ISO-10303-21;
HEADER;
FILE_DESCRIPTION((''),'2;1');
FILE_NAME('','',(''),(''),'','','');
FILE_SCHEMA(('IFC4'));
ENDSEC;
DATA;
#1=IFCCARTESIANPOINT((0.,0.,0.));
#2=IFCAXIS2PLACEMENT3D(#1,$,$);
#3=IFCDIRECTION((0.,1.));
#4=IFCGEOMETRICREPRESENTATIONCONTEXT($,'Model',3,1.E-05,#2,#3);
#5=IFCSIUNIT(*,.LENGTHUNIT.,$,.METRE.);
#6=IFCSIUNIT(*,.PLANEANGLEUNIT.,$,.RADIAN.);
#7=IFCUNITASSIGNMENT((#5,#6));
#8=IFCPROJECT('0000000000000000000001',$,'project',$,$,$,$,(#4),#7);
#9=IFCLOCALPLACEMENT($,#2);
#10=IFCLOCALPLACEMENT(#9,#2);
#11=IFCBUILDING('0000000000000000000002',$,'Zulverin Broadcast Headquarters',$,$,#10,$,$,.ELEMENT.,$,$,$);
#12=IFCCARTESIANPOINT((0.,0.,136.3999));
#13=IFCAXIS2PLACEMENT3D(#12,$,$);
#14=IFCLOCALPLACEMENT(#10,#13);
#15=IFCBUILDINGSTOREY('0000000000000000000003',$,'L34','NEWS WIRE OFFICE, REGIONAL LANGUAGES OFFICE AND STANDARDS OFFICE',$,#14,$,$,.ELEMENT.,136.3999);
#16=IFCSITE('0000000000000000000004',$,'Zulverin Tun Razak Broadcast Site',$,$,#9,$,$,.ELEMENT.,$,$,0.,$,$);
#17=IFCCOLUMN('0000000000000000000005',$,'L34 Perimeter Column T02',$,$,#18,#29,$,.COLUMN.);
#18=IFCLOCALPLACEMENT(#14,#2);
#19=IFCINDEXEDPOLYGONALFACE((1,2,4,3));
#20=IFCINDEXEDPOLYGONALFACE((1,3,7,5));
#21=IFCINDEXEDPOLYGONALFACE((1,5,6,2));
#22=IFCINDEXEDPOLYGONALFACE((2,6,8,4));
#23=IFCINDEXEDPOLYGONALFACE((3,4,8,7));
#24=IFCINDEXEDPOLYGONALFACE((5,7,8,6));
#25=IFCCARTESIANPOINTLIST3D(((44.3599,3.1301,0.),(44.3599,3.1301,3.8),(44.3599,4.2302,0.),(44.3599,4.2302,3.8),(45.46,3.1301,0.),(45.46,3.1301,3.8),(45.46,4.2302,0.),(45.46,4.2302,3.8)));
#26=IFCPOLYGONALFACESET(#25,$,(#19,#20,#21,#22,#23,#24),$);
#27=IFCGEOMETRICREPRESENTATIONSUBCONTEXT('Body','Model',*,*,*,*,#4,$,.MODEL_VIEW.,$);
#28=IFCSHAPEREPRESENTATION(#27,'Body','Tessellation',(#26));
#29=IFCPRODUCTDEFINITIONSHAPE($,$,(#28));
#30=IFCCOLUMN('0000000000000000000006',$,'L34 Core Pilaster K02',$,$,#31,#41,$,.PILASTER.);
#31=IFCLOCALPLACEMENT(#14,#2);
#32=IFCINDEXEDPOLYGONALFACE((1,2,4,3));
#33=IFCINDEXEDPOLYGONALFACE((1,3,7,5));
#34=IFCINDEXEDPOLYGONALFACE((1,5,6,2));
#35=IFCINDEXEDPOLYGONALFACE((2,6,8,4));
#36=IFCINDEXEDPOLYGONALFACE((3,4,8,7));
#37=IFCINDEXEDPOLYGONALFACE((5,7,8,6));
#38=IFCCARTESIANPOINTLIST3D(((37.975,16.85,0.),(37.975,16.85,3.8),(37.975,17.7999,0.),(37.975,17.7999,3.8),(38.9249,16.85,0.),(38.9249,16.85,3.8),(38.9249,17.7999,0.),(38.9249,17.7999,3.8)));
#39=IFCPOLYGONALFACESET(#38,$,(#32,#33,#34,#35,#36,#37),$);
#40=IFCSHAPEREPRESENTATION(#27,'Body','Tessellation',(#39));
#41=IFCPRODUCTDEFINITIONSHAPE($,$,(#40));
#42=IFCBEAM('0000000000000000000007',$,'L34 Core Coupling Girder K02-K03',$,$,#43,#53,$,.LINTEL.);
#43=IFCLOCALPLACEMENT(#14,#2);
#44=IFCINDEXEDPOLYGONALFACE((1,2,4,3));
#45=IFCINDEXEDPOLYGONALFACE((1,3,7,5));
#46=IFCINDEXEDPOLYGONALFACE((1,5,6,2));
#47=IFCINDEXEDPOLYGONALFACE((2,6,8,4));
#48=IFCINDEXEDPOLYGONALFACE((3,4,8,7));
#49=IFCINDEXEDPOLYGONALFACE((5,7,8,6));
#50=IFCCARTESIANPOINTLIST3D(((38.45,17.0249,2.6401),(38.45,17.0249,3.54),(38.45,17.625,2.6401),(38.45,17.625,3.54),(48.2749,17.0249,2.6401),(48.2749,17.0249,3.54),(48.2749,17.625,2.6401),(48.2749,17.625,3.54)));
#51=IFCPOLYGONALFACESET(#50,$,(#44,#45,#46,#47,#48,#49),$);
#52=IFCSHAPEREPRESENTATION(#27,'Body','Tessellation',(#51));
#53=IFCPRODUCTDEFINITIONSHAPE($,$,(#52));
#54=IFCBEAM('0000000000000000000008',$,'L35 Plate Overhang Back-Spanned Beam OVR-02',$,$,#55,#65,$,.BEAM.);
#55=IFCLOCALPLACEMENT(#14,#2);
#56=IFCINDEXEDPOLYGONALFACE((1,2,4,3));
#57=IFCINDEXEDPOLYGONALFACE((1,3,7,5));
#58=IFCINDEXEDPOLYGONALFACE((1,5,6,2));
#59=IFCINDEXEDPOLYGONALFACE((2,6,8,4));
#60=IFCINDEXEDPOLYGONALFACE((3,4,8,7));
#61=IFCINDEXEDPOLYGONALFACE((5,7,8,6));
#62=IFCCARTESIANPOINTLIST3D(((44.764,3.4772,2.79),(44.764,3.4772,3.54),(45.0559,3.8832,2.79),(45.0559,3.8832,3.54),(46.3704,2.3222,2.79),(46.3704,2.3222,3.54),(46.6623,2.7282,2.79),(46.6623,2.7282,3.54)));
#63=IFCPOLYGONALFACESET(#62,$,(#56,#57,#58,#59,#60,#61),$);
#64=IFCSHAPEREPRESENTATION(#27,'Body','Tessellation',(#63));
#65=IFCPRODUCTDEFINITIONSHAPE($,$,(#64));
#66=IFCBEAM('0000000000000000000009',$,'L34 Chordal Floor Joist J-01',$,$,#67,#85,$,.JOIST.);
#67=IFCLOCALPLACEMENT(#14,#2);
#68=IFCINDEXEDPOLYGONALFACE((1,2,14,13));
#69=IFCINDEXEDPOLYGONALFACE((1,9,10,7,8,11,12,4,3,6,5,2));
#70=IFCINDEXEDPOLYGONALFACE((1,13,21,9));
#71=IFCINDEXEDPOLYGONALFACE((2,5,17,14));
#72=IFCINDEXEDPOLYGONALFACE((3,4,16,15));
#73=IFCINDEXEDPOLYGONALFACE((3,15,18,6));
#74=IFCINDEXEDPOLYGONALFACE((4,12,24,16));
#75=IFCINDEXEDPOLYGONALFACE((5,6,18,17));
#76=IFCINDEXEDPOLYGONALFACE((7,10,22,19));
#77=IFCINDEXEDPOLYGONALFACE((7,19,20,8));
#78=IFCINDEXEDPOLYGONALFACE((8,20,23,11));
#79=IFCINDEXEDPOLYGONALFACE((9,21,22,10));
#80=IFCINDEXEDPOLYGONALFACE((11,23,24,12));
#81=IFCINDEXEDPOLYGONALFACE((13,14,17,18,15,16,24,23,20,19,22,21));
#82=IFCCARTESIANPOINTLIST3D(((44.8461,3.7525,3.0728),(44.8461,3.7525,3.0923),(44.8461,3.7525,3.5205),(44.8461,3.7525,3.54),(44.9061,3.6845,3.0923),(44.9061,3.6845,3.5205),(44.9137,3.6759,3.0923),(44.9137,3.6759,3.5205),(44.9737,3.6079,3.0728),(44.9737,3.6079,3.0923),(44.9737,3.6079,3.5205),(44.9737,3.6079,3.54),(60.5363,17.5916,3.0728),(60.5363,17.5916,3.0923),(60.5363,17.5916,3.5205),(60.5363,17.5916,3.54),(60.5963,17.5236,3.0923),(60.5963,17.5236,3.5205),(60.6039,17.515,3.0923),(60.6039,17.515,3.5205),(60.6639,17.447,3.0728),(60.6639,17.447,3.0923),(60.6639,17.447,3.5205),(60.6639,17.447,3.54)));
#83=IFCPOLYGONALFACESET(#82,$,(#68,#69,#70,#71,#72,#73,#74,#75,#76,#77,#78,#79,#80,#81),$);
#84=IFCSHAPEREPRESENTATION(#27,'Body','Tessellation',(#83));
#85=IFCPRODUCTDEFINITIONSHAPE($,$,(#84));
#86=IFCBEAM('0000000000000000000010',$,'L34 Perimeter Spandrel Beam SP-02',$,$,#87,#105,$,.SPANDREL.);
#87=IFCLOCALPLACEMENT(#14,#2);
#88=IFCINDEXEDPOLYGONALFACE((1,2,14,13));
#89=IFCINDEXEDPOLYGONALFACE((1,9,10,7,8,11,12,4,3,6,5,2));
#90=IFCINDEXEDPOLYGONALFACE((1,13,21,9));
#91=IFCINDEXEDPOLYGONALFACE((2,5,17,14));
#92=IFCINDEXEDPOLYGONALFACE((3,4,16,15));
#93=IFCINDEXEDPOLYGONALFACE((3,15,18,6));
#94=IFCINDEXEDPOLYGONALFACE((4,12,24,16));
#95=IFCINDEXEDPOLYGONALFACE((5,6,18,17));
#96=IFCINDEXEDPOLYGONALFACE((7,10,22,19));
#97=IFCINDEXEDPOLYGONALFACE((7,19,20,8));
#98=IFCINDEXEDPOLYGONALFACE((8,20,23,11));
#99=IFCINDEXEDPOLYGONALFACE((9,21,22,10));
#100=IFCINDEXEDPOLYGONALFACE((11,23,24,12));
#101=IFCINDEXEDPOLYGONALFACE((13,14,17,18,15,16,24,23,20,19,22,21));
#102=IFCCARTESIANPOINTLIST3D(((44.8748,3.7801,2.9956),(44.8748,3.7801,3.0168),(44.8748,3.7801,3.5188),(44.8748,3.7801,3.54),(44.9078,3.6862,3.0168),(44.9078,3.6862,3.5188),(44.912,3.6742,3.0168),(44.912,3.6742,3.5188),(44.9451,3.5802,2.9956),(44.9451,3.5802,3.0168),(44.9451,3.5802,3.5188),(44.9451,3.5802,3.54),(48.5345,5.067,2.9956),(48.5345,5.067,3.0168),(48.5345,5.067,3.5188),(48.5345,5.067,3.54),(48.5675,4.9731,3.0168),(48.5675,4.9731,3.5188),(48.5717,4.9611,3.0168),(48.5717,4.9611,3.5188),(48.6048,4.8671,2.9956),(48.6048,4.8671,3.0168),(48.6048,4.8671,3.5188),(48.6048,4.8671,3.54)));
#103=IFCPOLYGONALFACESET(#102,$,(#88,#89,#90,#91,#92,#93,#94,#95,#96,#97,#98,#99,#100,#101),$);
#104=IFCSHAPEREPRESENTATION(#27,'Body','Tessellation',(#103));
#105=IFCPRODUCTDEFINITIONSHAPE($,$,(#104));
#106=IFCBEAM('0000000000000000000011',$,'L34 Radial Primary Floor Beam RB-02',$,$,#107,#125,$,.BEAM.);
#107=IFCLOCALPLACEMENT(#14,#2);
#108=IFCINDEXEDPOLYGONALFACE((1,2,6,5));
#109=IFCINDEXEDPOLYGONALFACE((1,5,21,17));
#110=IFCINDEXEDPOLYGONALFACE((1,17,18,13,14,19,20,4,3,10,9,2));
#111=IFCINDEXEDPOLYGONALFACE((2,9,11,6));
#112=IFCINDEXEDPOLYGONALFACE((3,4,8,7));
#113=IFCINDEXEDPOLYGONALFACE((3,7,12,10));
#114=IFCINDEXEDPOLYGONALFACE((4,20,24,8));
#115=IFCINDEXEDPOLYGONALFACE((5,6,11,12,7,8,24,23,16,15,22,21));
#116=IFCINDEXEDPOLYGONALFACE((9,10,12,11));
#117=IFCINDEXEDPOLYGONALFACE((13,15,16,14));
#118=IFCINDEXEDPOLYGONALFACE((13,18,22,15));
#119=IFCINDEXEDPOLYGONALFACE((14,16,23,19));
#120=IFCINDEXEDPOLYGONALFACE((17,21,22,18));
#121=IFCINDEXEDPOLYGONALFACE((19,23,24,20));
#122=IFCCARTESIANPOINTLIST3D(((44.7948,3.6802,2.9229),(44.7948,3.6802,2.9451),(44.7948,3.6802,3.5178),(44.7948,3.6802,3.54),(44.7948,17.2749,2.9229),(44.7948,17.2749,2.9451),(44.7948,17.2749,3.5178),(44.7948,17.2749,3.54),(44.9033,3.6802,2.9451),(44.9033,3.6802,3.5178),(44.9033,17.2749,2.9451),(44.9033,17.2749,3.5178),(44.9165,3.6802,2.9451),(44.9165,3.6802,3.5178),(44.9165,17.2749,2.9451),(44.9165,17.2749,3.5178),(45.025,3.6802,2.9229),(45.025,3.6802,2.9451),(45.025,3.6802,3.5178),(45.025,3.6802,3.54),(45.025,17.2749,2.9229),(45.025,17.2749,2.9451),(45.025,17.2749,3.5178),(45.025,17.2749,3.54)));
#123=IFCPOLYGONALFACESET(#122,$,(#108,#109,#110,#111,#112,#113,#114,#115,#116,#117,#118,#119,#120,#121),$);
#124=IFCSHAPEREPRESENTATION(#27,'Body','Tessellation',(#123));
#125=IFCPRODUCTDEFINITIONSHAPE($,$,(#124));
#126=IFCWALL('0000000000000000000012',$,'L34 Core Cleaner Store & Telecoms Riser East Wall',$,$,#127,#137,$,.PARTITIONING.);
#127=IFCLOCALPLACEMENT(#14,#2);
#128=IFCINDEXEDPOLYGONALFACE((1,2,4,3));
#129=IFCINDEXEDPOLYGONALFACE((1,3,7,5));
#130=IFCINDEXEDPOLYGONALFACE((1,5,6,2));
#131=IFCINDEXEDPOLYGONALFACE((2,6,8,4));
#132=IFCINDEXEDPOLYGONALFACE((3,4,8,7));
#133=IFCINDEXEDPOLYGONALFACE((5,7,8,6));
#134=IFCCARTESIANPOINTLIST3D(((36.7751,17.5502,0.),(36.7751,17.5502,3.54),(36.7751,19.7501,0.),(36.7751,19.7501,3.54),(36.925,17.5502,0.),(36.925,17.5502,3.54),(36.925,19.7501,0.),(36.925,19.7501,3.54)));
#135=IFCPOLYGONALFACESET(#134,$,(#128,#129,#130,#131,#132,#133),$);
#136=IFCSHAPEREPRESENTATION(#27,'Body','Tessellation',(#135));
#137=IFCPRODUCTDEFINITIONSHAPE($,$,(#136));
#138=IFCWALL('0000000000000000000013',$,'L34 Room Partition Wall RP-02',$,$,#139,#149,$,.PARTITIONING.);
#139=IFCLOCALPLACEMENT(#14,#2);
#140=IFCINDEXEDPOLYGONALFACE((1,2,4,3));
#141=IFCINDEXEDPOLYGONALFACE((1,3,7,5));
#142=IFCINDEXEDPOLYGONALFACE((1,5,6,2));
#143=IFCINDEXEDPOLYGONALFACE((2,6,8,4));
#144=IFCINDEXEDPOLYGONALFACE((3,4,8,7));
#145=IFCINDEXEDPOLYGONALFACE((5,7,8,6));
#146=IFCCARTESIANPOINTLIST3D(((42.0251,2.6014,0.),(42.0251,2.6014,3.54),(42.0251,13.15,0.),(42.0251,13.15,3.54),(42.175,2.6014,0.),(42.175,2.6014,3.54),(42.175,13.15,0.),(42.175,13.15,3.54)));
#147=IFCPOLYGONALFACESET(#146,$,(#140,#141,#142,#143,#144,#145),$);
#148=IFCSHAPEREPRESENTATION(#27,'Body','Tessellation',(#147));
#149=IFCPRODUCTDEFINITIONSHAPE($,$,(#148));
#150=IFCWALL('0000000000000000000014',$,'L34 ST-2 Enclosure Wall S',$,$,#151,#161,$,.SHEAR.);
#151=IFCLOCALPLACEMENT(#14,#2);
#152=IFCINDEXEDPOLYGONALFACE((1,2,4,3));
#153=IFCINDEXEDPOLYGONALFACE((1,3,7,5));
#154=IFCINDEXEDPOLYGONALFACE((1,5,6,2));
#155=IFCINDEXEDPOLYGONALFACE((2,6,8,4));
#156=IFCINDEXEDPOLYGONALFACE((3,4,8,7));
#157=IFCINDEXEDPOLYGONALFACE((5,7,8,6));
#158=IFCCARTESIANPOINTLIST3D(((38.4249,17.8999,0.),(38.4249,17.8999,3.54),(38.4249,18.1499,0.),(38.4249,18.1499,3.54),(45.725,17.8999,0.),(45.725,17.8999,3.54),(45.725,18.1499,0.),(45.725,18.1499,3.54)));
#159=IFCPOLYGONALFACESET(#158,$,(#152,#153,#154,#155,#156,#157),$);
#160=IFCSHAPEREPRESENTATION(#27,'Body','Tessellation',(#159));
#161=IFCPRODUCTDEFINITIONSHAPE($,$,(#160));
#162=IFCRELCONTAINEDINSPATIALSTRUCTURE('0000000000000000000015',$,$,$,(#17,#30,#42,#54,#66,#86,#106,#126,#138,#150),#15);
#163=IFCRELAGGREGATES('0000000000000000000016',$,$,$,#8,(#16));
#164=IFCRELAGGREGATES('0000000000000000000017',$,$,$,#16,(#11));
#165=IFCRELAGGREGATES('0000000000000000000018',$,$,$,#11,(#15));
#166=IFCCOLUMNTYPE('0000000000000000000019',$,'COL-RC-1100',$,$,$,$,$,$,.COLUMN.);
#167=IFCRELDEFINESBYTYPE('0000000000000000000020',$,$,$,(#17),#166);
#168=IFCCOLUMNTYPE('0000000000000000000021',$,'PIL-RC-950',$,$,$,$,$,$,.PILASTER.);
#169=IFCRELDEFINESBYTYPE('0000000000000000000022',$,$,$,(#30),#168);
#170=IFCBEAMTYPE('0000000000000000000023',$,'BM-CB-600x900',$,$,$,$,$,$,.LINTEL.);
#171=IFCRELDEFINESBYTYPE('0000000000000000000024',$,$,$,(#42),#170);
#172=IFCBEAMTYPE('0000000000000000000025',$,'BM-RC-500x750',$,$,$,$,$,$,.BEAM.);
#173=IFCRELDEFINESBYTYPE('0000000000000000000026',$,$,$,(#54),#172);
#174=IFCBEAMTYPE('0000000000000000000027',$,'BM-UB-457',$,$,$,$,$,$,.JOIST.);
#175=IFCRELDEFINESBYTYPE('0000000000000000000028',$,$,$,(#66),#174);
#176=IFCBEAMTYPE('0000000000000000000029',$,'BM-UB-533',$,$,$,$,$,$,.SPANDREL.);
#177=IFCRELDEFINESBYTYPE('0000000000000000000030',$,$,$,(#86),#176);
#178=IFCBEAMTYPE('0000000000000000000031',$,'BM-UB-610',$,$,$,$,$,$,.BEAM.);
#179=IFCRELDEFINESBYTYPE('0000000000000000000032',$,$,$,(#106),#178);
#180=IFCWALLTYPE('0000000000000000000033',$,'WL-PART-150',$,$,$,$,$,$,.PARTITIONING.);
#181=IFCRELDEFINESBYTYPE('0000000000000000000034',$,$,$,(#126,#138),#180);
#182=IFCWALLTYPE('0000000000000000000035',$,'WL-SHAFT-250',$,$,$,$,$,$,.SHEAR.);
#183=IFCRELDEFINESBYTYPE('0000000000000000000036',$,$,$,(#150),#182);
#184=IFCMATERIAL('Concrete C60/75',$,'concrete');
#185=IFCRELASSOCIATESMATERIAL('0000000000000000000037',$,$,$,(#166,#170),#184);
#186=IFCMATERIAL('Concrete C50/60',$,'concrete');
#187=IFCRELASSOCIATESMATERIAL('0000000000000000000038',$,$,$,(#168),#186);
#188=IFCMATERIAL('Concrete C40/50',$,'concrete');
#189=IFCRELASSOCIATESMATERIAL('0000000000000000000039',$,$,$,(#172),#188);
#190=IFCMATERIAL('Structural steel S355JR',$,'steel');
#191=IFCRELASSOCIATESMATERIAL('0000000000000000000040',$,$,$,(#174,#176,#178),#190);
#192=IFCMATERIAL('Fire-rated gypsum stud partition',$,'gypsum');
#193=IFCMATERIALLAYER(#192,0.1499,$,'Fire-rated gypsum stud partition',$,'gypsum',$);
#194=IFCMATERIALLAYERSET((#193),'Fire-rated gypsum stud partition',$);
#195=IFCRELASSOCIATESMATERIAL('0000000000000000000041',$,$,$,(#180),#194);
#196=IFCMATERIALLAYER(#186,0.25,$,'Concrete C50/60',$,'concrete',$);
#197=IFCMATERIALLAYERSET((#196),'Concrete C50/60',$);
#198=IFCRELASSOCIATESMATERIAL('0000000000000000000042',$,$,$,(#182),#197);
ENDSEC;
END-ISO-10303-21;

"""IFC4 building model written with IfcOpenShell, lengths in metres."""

from ifc_helpers import new_model, si_unit, direction, frame, frame_2d, origin, origin_2d, place, context, subcontext, project, spatial, rectangle, i_section, extrude, material, layer, layer_set, material_profile, profile_set, type_object, element, save


model = new_model("IFC4")

# Units and contexts
model_context = context("Model", 3, precision=1e-05, world=origin(), true_north=direction((0.0, 1.0)))
body_context = subcontext(model_context, "Body", "Model", "MODEL_VIEW")
ifc_project = project(units=[si_unit("LENGTHUNIT", "METRE"), si_unit("PLANEANGLEUNIT", "RADIAN")], contexts=[model_context])

# Site, building, storey
site_placement = place(None, origin())
site = spatial("IfcSite", under=ifc_project, at=site_placement, Name="Zulverin Tun Razak Broadcast Site", CompositionType="ELEMENT", RefElevation=0.0)
building_placement = place(site_placement, origin())
building = spatial("IfcBuilding", under=site, at=building_placement, Name="Zulverin Broadcast Headquarters", CompositionType="ELEMENT")
storey_placement = place(building_placement, frame((0.0, 0.0, 136.3999)))
storey = spatial("IfcBuildingStorey", under=building, at=storey_placement, Name="L34", Description="NEWS WIRE OFFICE, REGIONAL LANGUAGES OFFICE AND STANDARDS OFFICE", CompositionType="ELEMENT", Elevation=136.3999)

# Columns
ifc_material_1 = material(Name="Concrete C60/75", Category="concrete")
ifc_material_profile_1 = material_profile(ifc_material_1, rectangle(XDim=1.1001, YDim=1.1001, at=origin_2d()), Name="Concrete C60/75", Category="concrete")
ifc_profile_set_1 = profile_set([ifc_material_profile_1], Name="Concrete C60/75")
column_type_1 = type_object("IfcColumnType", Name="COL-RC-1100", PredefinedType="COLUMN", material=ifc_profile_set_1)
column_1_placement = place(storey_placement, frame((44.9099, 3.6802, 0.0), z_axis=(0.0, 0.0, 1.0), x_axis=(1.0, 0.0, 0.0)))
element("IfcColumn", 1, at=column_1_placement, inside=storey, type_object=column_type_1, Name="L34 Perimeter Column T02", PredefinedType="COLUMN", context=body_context, shape_type="SweptSolid", body=[
    extrude(rectangle(XDim=1.1001, YDim=1.1001, at=origin_2d()), origin(), (0.0, 0.0, 1.0), 3.8),
])
ifc_material_2 = material(Name="Concrete C50/60", Category="concrete")
ifc_material_profile_2 = material_profile(ifc_material_2, rectangle(XDim=0.95, YDim=0.95, at=origin_2d()), Name="Concrete C50/60", Category="concrete")
ifc_profile_set_2 = profile_set([ifc_material_profile_2], Name="Concrete C50/60")
column_type_2 = type_object("IfcColumnType", Name="PIL-RC-950", PredefinedType="PILASTER", material=ifc_profile_set_2)
column_2_placement = place(storey_placement, frame((38.45, 17.325, 0.0), z_axis=(0.0, 0.0, 1.0), x_axis=(1.0, 0.0, 0.0)))
element("IfcColumn", 2, at=column_2_placement, inside=storey, type_object=column_type_2, Name="L34 Core Pilaster K02", PredefinedType="PILASTER", context=body_context, shape_type="SweptSolid", body=[
    extrude(rectangle(XDim=0.95, YDim=0.95, at=origin_2d()), origin(), (0.0, 0.0, 1.0), 3.8),
])

# Beams
ifc_material_profile_3 = material_profile(ifc_material_1, rectangle(XDim=0.6001, YDim=0.8999, at=origin_2d()), Name="Concrete C60/75", Category="concrete")
ifc_profile_set_3 = profile_set([ifc_material_profile_3], Name="Concrete C60/75")
beam_type_1 = type_object("IfcBeamType", Name="BM-CB-600x900", PredefinedType="LINTEL", material=ifc_profile_set_3)
beam_1_placement = place(storey_placement, frame((38.45, 17.325, 3.0901), z_axis=(1.0, 0.0, 0.0), x_axis=(0.0, 1.0, 0.0)))
element("IfcBeam", 3, at=beam_1_placement, inside=storey, type_object=beam_type_1, Name="L34 Core Coupling Girder K02-K03", PredefinedType="LINTEL", context=body_context, shape_type="SweptSolid", body=[
    extrude(rectangle(XDim=0.6001, YDim=0.8999, at=origin_2d()), origin(), (0.0, 0.0, 1.0), 9.825),
])
ifc_material_3 = material(Name="Concrete C40/50", Category="concrete")
ifc_material_profile_4 = material_profile(ifc_material_3, rectangle(XDim=0.5, YDim=0.75, at=origin_2d()), Name="Concrete C40/50", Category="concrete")
ifc_profile_set_4 = profile_set([ifc_material_profile_4], Name="Concrete C40/50")
beam_type_2 = type_object("IfcBeamType", Name="BM-RC-500x750", PredefinedType="BEAM", material=ifc_profile_set_4)
beam_2_placement = place(storey_placement, frame((44.9099, 3.6802, 3.165), z_axis=(0.81192, -0.583768, 0.0), x_axis=(0.583768, 0.81192, 0.0)))
element("IfcBeam", 4, at=beam_2_placement, inside=storey, type_object=beam_type_2, Name="L35 Plate Overhang Back-Spanned Beam OVR-02", PredefinedType="BEAM", context=body_context, shape_type="SweptSolid", body=[
    extrude(rectangle(XDim=0.5, YDim=0.75, at=origin_2d()), origin(), (0.0, 0.0, 1.0), 1.9785),
])
ifc_material_4 = material(Name="Structural steel S355JR", Category="steel")
ifc_material_profile_5 = material_profile(ifc_material_4, i_section(OverallWidth=0.1929, OverallDepth=0.4673, WebThickness=0.0115, FlangeThickness=0.0195, at=origin_2d()), Name="Structural steel S355JR", Category="steel")
ifc_profile_set_5 = profile_set([ifc_material_profile_5], Name="Structural steel S355JR")
beam_type_3 = type_object("IfcBeamType", Name="BM-UB-457", PredefinedType="JOIST", material=ifc_profile_set_5)
beam_3_placement = place(storey_placement, frame((44.9099, 3.6802, 3.3064), z_axis=(0.74996, 0.661483, 0.0), x_axis=(-0.661483, 0.74996, 0.0)))
element("IfcBeam", 5, at=beam_3_placement, inside=storey, type_object=beam_type_3, Name="L34 Chordal Floor Joist J-01", PredefinedType="JOIST", context=body_context, shape_type="SweptSolid", body=[
    extrude(i_section(OverallWidth=0.1929, OverallDepth=0.4673, WebThickness=0.0115, FlangeThickness=0.0195, at=origin_2d()), origin(), (0.0, 0.0, 1.0), 20.9214),
])
ifc_material_profile_6 = material_profile(ifc_material_4, i_section(OverallWidth=0.2119, OverallDepth=0.5444, WebThickness=0.0127, FlangeThickness=0.0212, at=origin_2d()), Name="Structural steel S355JR", Category="steel")
ifc_profile_set_6 = profile_set([ifc_material_profile_6], Name="Structural steel S355JR")
beam_type_4 = type_object("IfcBeamType", Name="BM-UB-533", PredefinedType="SPANDREL", material=ifc_profile_set_6)
beam_4_placement = place(storey_placement, frame((44.9099, 3.6802, 3.2678), z_axis=(0.943377, 0.331724, 0.0), x_axis=(-0.331724, 0.943377, 0.0)))
element("IfcBeam", 6, at=beam_4_placement, inside=storey, type_object=beam_type_4, Name="L34 Perimeter Spandrel Beam SP-02", PredefinedType="SPANDREL", context=body_context, shape_type="SweptSolid", body=[
    extrude(i_section(OverallWidth=0.2119, OverallDepth=0.5444, WebThickness=0.0127, FlangeThickness=0.0212, at=origin_2d()), origin(), (0.0, 0.0, 1.0), 3.8794),
])
ifc_material_profile_7 = material_profile(ifc_material_4, i_section(OverallWidth=0.2302, OverallDepth=0.6172, WebThickness=0.0132, FlangeThickness=0.0222, at=origin_2d()), Name="Structural steel S355JR", Category="steel")
ifc_profile_set_7 = profile_set([ifc_material_profile_7], Name="Structural steel S355JR")
beam_type_5 = type_object("IfcBeamType", Name="BM-UB-610", PredefinedType="BEAM", material=ifc_profile_set_7)
beam_5_placement = place(storey_placement, frame((44.9099, 17.2749, 3.2314), z_axis=(0.0, -1.0, 0.0), x_axis=(1.0, 0.0, 0.0)))
element("IfcBeam", 7, at=beam_5_placement, inside=storey, type_object=beam_type_5, Name="L34 Radial Primary Floor Beam RB-02", PredefinedType="BEAM", context=body_context, shape_type="SweptSolid", body=[
    extrude(i_section(OverallWidth=0.2302, OverallDepth=0.6172, WebThickness=0.0132, FlangeThickness=0.0222, at=origin_2d()), origin(), (0.0, 0.0, 1.0), 13.5947),
])

# Walls
ifc_material_5 = material(Name="Fire-rated gypsum stud partition", Category="gypsum")
ifc_layer_1 = layer(ifc_material_5, 0.1499, Name="Fire-rated gypsum stud partition", Category="gypsum")
ifc_layer_set_1 = layer_set([ifc_layer_1], Name="Fire-rated gypsum stud partition")
wall_type_1 = type_object("IfcWallType", Name="WL-PART-150", PredefinedType="PARTITIONING", material=ifc_layer_set_1)
wall_1_placement = place(storey_placement, frame((36.8501, 17.55, 0.0), z_axis=(0.0, 0.0, 1.0), x_axis=(0.0, 1.0, 0.0)))
element("IfcWall", 8, at=wall_1_placement, inside=storey, type_object=wall_type_1, Name="L34 Core Cleaner Store & Telecoms Riser East Wall", PredefinedType="PARTITIONING", context=body_context, shape_type="SweptSolid", body=[
    extrude(rectangle(XDim=2.2, YDim=0.1499, at=frame_2d((1.1001, 0.0))), origin(), (0.0, 0.0, 1.0), 3.54),
])
wall_2_placement = place(storey_placement, frame((42.1001, 2.6013, 0.0), z_axis=(0.0, 0.0, 1.0), x_axis=(0.0, 1.0, 0.0)))
element("IfcWall", 9, at=wall_2_placement, inside=storey, type_object=wall_type_1, Name="L34 Room Partition Wall RP-02", PredefinedType="PARTITIONING", context=body_context, shape_type="SweptSolid", body=[
    extrude(rectangle(XDim=10.5486, YDim=0.1499, at=frame_2d((5.2744, 0.0))), origin(), (0.0, 0.0, 1.0), 3.54),
])
ifc_layer_2 = layer(ifc_material_2, 0.25, Name="Concrete C50/60", Category="concrete")
ifc_layer_set_2 = layer_set([ifc_layer_2], Name="Concrete C50/60")
wall_type_2 = type_object("IfcWallType", Name="WL-SHAFT-250", PredefinedType="SHEAR", material=ifc_layer_set_2)
wall_3_placement = place(storey_placement, frame((38.425, 18.0249, 0.0), z_axis=(0.0, 0.0, 1.0), x_axis=(1.0, 0.0, 0.0)))
element("IfcWall", 10, at=wall_3_placement, inside=storey, type_object=wall_type_2, Name="L34 ST-2 Enclosure Wall S", PredefinedType="SHEAR", context=body_context, shape_type="SweptSolid", body=[
    extrude(rectangle(XDim=7.3, YDim=0.25, at=frame_2d((3.6499, 0.0))), origin(), (0.0, 0.0, 1.0), 3.54),
])

save(model, "model.ifc")
